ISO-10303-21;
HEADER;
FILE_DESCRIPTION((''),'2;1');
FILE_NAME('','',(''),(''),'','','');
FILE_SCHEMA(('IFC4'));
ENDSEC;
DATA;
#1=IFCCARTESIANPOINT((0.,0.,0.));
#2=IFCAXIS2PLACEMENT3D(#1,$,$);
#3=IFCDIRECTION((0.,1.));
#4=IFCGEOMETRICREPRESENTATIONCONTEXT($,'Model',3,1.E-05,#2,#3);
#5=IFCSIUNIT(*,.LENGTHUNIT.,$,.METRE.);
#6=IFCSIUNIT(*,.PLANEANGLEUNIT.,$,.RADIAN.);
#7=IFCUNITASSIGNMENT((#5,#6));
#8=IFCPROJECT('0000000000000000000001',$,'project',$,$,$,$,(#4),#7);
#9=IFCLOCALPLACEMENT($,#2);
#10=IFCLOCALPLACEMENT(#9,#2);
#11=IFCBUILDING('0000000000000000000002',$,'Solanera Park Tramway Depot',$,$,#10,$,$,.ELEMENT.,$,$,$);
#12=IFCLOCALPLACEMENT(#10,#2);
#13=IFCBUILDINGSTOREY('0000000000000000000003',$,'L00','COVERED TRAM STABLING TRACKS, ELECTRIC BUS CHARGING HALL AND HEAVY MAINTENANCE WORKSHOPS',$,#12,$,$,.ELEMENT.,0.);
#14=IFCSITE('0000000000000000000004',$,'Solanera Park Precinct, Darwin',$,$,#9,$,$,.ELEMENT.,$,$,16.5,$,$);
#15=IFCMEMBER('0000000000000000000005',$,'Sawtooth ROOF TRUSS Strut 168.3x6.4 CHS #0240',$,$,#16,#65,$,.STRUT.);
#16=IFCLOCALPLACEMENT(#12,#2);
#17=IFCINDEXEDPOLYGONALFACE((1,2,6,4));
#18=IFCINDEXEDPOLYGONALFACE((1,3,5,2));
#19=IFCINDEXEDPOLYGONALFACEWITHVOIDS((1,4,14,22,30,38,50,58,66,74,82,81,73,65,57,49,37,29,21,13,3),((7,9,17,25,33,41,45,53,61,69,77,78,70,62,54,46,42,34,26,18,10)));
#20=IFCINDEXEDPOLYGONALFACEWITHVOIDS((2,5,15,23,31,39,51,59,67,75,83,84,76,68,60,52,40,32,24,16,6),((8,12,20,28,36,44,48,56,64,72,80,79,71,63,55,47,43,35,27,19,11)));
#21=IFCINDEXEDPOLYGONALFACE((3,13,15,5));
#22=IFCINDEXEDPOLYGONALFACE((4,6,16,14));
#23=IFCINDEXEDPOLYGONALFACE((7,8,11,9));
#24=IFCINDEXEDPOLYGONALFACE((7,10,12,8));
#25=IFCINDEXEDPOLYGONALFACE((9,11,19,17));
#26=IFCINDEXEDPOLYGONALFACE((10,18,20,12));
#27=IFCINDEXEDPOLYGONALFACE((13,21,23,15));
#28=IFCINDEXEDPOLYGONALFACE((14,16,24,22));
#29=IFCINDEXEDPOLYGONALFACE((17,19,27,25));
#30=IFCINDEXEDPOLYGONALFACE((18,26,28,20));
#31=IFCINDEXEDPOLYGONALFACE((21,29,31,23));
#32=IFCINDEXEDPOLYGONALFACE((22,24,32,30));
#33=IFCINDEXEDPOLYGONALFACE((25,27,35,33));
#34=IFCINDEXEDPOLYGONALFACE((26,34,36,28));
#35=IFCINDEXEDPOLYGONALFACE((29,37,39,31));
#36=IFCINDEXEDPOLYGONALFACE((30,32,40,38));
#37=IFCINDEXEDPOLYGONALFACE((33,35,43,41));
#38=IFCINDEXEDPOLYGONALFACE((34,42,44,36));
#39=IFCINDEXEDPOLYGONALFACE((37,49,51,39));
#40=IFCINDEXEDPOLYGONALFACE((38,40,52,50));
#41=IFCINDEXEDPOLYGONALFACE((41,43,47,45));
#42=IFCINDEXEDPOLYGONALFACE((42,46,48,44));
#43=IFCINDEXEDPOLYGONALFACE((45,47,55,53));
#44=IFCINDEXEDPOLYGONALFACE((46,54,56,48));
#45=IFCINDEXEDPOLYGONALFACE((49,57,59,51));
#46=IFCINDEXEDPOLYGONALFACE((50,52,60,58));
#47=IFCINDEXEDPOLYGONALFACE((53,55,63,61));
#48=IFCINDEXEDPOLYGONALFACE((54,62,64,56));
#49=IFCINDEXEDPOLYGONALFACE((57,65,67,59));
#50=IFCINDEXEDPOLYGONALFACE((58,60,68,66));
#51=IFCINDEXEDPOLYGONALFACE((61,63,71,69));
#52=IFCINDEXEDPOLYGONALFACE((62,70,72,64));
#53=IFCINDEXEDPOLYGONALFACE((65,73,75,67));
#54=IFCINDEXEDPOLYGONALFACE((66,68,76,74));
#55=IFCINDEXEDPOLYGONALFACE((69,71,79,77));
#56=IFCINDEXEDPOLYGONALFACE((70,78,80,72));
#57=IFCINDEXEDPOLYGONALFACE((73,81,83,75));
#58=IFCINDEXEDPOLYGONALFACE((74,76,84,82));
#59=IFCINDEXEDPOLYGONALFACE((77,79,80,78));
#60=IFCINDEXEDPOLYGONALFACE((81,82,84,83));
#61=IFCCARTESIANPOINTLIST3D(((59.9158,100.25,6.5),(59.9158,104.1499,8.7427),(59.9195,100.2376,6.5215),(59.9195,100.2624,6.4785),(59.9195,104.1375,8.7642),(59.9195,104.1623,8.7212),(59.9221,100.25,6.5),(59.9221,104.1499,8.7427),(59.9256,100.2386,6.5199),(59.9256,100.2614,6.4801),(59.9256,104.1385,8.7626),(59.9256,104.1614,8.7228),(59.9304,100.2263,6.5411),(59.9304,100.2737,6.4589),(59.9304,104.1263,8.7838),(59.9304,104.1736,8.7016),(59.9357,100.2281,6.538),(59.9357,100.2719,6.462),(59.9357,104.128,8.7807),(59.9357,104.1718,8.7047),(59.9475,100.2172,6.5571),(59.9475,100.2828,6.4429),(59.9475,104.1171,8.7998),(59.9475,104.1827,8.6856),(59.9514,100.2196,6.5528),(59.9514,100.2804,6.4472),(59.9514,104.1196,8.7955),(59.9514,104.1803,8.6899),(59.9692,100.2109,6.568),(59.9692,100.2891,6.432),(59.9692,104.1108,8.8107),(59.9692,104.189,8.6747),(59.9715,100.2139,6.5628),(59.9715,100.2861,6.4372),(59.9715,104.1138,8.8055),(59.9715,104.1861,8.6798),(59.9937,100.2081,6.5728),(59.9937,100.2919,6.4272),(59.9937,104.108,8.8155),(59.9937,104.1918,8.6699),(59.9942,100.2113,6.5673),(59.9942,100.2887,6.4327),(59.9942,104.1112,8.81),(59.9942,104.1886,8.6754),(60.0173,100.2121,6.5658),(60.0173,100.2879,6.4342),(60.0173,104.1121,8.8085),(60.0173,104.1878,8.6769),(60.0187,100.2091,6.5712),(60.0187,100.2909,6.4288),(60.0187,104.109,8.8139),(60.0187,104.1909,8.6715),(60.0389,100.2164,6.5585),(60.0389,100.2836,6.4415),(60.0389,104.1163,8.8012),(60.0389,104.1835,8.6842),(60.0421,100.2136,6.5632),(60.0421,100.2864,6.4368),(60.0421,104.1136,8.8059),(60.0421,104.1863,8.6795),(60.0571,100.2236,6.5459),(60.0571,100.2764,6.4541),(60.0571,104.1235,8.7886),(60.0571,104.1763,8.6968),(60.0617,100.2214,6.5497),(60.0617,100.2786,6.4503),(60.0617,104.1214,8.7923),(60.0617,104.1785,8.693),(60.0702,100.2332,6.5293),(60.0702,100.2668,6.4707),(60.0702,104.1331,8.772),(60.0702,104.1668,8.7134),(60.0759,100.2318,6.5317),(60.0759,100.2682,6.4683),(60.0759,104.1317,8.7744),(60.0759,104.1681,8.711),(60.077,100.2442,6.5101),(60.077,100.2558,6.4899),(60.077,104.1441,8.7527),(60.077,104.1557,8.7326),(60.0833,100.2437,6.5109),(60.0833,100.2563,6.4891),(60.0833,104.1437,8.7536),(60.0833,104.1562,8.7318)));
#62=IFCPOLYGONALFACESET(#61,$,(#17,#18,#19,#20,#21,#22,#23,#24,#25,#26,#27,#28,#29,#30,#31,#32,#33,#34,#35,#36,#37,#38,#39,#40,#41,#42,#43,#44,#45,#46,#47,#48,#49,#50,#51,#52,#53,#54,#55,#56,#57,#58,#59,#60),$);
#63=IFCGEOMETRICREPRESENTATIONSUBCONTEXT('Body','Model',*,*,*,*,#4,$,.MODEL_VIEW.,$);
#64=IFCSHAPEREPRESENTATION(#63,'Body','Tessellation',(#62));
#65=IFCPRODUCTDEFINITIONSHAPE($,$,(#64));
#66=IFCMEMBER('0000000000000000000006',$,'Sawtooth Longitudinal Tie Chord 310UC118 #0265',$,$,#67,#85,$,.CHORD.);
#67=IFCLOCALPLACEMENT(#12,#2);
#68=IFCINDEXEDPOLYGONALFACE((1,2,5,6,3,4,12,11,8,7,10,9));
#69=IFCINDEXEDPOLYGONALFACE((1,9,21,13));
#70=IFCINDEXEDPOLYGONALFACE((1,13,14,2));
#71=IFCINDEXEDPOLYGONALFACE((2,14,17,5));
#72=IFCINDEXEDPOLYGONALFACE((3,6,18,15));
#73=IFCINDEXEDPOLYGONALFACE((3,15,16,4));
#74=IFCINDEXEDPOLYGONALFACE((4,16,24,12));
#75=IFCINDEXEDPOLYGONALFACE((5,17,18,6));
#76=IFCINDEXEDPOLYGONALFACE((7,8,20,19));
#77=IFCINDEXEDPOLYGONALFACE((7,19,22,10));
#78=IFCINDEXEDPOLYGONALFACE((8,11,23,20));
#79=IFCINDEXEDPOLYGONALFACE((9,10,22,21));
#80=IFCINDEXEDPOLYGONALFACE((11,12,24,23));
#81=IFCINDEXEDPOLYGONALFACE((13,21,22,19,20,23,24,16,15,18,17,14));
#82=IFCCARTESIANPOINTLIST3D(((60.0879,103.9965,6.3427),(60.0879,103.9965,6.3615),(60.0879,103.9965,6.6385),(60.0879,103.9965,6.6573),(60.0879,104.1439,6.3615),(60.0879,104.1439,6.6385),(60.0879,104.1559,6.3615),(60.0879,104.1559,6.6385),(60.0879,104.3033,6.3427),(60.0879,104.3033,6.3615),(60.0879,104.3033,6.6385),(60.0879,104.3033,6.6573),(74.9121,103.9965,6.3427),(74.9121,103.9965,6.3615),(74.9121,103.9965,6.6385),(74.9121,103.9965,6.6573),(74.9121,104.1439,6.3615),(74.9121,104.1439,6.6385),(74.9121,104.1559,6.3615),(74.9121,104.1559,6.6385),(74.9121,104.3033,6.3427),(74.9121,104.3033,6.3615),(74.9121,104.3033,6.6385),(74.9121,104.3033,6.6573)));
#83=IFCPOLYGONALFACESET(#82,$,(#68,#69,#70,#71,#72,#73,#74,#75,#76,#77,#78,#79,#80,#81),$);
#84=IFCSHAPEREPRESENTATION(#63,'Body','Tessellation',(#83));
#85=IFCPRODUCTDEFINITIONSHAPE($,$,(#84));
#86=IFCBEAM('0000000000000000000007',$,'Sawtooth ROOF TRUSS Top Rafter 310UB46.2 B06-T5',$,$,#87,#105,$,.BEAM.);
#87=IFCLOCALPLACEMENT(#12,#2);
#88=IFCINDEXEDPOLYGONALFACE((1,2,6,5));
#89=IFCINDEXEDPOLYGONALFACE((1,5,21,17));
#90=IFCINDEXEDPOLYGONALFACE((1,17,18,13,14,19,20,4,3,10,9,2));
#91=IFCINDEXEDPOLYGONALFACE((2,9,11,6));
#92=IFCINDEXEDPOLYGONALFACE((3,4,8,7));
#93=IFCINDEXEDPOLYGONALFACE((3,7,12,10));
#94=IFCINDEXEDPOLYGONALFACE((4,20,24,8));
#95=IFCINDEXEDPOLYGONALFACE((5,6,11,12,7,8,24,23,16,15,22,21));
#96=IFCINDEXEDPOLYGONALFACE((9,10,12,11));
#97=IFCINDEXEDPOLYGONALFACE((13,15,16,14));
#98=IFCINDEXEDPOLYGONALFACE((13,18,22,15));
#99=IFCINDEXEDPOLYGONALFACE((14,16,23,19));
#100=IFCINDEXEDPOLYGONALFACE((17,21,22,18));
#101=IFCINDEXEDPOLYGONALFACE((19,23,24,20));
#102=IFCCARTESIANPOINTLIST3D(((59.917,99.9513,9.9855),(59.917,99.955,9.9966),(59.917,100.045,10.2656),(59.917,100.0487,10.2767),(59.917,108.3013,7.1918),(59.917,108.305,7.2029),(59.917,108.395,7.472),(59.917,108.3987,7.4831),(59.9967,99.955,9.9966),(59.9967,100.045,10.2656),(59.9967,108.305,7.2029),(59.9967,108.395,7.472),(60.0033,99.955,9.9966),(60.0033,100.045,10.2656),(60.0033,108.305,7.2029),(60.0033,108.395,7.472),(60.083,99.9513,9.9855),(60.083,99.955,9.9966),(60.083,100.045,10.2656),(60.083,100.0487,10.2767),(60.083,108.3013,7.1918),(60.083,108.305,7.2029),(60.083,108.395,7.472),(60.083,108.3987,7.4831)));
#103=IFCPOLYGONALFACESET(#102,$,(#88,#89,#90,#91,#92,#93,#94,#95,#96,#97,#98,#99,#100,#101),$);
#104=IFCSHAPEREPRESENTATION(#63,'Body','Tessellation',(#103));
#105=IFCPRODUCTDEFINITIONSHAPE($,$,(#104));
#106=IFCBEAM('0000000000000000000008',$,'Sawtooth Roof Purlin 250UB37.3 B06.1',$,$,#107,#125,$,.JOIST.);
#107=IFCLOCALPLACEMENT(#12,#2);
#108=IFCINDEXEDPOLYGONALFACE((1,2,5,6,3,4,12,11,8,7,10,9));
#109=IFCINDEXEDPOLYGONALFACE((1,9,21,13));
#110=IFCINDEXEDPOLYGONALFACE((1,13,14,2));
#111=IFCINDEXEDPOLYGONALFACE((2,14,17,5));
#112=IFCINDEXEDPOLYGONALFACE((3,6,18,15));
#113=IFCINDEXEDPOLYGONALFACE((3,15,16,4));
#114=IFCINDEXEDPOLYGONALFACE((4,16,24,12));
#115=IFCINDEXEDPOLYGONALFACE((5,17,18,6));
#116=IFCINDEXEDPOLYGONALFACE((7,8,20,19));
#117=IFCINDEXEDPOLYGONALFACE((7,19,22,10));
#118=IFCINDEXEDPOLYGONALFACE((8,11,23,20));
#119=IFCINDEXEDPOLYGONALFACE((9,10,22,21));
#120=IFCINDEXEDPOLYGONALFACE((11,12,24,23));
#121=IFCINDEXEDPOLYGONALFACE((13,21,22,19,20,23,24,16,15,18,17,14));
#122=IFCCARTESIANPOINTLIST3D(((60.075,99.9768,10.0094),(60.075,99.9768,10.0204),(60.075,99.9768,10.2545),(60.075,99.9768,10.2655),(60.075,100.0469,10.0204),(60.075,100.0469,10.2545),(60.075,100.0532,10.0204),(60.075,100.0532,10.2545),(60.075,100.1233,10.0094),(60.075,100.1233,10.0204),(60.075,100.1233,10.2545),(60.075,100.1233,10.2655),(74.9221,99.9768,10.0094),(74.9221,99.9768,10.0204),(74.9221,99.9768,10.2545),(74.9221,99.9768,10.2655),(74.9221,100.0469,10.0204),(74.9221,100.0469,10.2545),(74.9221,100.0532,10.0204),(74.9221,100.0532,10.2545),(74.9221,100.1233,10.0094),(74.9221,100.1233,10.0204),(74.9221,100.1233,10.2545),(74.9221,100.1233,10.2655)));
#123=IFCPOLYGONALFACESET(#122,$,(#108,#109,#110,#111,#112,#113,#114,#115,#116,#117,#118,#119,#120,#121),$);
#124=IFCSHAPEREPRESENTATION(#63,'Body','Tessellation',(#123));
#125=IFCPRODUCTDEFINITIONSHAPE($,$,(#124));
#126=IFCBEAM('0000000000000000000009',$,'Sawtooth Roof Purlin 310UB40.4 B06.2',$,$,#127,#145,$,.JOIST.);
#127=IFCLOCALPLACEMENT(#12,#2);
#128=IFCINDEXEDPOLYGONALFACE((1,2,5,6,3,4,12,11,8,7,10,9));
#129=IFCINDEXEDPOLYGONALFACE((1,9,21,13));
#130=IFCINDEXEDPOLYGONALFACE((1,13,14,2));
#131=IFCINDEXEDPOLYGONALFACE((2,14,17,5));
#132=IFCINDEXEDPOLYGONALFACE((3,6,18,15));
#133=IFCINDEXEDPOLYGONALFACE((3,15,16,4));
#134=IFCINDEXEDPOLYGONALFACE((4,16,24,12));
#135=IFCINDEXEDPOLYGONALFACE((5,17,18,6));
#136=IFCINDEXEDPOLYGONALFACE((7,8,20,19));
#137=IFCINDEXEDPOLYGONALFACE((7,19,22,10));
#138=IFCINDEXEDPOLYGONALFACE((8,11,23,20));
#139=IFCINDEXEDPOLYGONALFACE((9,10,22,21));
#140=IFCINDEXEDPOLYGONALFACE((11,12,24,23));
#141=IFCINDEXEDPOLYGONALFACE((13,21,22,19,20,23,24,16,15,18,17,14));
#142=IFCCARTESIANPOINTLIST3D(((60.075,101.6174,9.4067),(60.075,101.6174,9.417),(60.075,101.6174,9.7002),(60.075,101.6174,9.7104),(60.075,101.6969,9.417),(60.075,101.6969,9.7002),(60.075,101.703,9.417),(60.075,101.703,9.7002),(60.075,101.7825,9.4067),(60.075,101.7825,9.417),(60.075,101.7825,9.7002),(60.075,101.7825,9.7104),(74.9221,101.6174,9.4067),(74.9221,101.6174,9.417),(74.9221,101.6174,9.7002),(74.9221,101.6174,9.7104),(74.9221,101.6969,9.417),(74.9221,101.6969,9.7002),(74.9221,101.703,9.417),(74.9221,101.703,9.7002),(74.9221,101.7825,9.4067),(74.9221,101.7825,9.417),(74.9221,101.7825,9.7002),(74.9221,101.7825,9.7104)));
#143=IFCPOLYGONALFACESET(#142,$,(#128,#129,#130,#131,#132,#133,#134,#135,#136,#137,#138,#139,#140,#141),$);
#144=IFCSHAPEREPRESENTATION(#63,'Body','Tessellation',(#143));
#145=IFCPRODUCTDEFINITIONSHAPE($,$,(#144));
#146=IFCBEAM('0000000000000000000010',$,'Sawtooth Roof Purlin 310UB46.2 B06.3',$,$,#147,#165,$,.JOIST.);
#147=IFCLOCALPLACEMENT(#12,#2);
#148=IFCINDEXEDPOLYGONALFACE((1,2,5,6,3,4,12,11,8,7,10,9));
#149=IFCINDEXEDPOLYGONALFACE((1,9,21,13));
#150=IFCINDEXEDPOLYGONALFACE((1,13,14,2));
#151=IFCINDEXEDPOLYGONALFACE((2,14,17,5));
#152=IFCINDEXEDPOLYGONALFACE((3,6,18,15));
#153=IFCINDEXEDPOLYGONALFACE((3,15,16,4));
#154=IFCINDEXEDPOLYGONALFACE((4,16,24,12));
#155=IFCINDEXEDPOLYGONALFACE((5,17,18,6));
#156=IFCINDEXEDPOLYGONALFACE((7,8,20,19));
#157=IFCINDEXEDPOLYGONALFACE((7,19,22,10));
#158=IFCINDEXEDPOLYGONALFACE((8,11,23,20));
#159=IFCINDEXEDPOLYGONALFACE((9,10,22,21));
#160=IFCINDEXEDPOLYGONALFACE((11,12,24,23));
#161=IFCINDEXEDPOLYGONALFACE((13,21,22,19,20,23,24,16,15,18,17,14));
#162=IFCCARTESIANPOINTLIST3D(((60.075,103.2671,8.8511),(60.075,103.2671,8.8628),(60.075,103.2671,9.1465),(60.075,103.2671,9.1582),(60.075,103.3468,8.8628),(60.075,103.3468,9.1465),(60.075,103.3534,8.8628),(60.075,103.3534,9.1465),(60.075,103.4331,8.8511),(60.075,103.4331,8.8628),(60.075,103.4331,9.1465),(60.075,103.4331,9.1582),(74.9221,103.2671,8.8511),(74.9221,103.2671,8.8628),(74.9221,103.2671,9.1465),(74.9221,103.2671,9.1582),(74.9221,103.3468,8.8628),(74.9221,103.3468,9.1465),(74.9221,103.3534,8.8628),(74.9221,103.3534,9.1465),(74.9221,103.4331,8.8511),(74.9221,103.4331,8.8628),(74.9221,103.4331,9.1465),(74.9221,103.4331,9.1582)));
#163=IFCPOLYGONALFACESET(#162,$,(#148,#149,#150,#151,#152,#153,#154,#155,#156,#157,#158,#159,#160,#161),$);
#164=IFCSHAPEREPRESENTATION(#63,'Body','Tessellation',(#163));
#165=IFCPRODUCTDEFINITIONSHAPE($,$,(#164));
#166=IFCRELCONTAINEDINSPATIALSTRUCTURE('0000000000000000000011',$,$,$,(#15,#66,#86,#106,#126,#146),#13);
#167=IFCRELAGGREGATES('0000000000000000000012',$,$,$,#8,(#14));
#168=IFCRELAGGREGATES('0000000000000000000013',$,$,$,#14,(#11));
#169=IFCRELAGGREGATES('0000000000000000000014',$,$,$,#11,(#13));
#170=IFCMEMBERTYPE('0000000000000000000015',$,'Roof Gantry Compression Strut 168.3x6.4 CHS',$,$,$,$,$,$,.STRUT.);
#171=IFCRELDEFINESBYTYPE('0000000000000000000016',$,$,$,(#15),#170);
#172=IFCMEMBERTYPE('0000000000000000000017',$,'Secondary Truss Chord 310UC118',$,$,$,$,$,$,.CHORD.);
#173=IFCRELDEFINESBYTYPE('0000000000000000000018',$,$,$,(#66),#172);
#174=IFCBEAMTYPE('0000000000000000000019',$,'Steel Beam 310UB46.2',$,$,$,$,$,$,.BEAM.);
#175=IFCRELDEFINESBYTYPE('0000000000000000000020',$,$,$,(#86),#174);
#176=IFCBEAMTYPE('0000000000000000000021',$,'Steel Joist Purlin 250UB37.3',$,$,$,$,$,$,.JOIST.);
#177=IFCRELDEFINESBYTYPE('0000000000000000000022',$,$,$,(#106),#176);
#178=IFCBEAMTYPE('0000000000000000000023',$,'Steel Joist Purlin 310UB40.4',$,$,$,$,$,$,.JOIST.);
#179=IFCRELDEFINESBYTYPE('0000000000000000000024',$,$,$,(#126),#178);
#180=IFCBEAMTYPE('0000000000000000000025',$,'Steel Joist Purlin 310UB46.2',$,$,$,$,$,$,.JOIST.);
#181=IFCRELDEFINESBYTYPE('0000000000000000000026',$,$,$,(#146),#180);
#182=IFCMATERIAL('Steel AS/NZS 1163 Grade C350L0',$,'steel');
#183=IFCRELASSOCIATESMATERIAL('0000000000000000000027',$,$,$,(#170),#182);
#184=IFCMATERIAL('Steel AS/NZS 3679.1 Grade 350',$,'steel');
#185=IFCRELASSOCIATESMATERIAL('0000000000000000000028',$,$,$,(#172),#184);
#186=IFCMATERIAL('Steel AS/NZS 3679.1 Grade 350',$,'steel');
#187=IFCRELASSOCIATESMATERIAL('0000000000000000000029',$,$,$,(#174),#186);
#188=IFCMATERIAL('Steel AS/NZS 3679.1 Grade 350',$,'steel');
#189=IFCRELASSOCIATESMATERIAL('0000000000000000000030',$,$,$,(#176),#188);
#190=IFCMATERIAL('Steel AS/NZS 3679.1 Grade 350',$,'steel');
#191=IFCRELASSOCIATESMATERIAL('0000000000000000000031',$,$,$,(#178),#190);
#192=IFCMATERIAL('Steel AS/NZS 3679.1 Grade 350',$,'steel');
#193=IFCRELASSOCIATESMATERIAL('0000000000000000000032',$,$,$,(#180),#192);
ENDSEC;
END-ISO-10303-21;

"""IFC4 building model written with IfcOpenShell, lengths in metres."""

from ifc_helpers import new_model, si_unit, direction, frame, origin, origin_2d, place, context, subcontext, project, spatial, hollow_circle, i_section, extrude, material, material_profile, profile_set, type_object, element, save


model = new_model("IFC4")

# Units and contexts
model_context = context("Model", 3, precision=1e-05, world=origin(), true_north=direction((0.0, 1.0)))
body_context = subcontext(model_context, "Body", "Model", "MODEL_VIEW")
ifc_project = project(units=[si_unit("LENGTHUNIT", "METRE"), si_unit("PLANEANGLEUNIT", "RADIAN")], contexts=[model_context])

# Site, building, storey
site_placement = place(None, origin())
site = spatial("IfcSite", under=ifc_project, at=site_placement, Name="Solanera Park Precinct, Darwin", CompositionType="ELEMENT", RefElevation=16.5)
building_placement = place(site_placement, origin())
building = spatial("IfcBuilding", under=site, at=building_placement, Name="Solanera Park Tramway Depot", CompositionType="ELEMENT")
storey_placement = place(building_placement, origin())
storey = spatial("IfcBuildingStorey", under=building, at=storey_placement, Name="L00", Description="COVERED TRAM STABLING TRACKS, ELECTRIC BUS CHARGING HALL AND HEAVY MAINTENANCE WORKSHOPS", CompositionType="ELEMENT", Elevation=0.0)

# Members
ifc_material_1 = material(Name="Steel AS/NZS 1163 Grade C350L0", Category="steel")
ifc_material_profile_1 = material_profile(ifc_material_1, hollow_circle(Radius=0.0842, WallThickness=0.0063, at=origin_2d()), Name="168.3x6.4 CHS")
ifc_profile_set_1 = profile_set([ifc_material_profile_1], Name="Steel AS/NZS 1163 Grade C350L0")
member_type_1 = type_object("IfcMemberType", Name="Roof Gantry Compression Strut 168.3x6.4 CHS", PredefinedType="STRUT", material=ifc_profile_set_1)
member_1_placement = place(storey_placement, frame((60.0, 100.25, 6.5), z_axis=(0.0, 0.866884, 0.49851), x_axis=(-1.0, 0.0, 0.0)))
element("IfcMember", 1, at=member_1_placement, inside=storey, type_object=member_type_1, Name="Sawtooth ROOF TRUSS Strut 168.3x6.4 CHS #0240", PredefinedType="STRUT", context=body_context, shape_type="SweptSolid", body=[
    extrude(hollow_circle(Radius=0.0842, WallThickness=0.0063, at=origin_2d()), origin(), (0.0, 0.0, 1.0), 4.4988),
])
ifc_material_2 = material(Name="Steel AS/NZS 3679.1 Grade 350", Category="steel")
ifc_material_profile_2 = material_profile(ifc_material_2, i_section(OverallWidth=0.3069, OverallDepth=0.3147, WebThickness=0.012, FlangeThickness=0.0188, at=origin_2d()), Name="310UC118")
ifc_profile_set_2 = profile_set([ifc_material_profile_2], Name="Steel AS/NZS 3679.1 Grade 350")
member_type_2 = type_object("IfcMemberType", Name="Secondary Truss Chord 310UC118", PredefinedType="CHORD", material=ifc_profile_set_2)
member_2_placement = place(storey_placement, frame((60.0879, 104.1499, 6.5), z_axis=(1.0, 0.0, 0.0), x_axis=(0.0, 1.0, 0.0)))
element("IfcMember", 2, at=member_2_placement, inside=storey, type_object=member_type_2, Name="Sawtooth Longitudinal Tie Chord 310UC118 #0265", PredefinedType="CHORD", context=body_context, shape_type="SweptSolid", body=[
    extrude(i_section(OverallWidth=0.3069, OverallDepth=0.3147, WebThickness=0.012, FlangeThickness=0.0188, at=origin_2d()), origin(), (0.0, 0.0, 1.0), 14.8242),
])

# Beams
ifc_material_3 = material(Name="Steel AS/NZS 3679.1 Grade 350", Category="steel")
ifc_material_profile_3 = material_profile(ifc_material_3, i_section(OverallWidth=0.166, OverallDepth=0.3071, WebThickness=0.0066, FlangeThickness=0.0117, at=origin_2d()), Name="310UB46.2")
ifc_profile_set_3 = profile_set([ifc_material_profile_3], Name="Steel AS/NZS 3679.1 Grade 350")
beam_type_1 = type_object("IfcBeamType", Name="Steel Beam 310UB46.2", PredefinedType="BEAM", material=ifc_profile_set_3)
beam_1_placement = place(storey_placement, frame((60.0, 100.0, 10.1311), z_axis=(0.0, 0.948331, -0.317284), x_axis=(-1.0, 0.0, 0.0)))
element("IfcBeam", 3, at=beam_1_placement, inside=storey, type_object=beam_type_1, Name="Sawtooth ROOF TRUSS Top Rafter 310UB46.2 B06-T5", PredefinedType="BEAM", context=body_context, shape_type="SweptSolid", body=[
    extrude(i_section(OverallWidth=0.166, OverallDepth=0.3071, WebThickness=0.0066, FlangeThickness=0.0117, at=origin_2d()), origin(), (0.0, 0.0, 1.0), 8.8049),
])
ifc_material_4 = material(Name="Steel AS/NZS 3679.1 Grade 350", Category="steel")
ifc_material_profile_4 = material_profile(ifc_material_4, i_section(OverallWidth=0.1465, OverallDepth=0.2561, WebThickness=0.0063, FlangeThickness=0.011, at=origin_2d()), Name="250UB37.3")
ifc_profile_set_4 = profile_set([ifc_material_profile_4], Name="Steel AS/NZS 3679.1 Grade 350")
beam_type_2 = type_object("IfcBeamType", Name="Steel Joist Purlin 250UB37.3", PredefinedType="JOIST", material=ifc_profile_set_4)
beam_2_placement = place(storey_placement, frame((60.075, 100.05, 10.1375), z_axis=(1.0, 0.0, 0.0), x_axis=(0.0, 1.0, 0.0)))
element("IfcBeam", 4, at=beam_2_placement, inside=storey, type_object=beam_type_2, Name="Sawtooth Roof Purlin 250UB37.3 B06.1", PredefinedType="JOIST", context=body_context, shape_type="SweptSolid", body=[
    extrude(i_section(OverallWidth=0.1465, OverallDepth=0.2561, WebThickness=0.0063, FlangeThickness=0.011, at=origin_2d()), origin(), (0.0, 0.0, 1.0), 14.8472),
])
ifc_material_5 = material(Name="Steel AS/NZS 3679.1 Grade 350", Category="steel")
ifc_material_profile_5 = material_profile(ifc_material_5, i_section(OverallWidth=0.165, OverallDepth=0.3037, WebThickness=0.0061, FlangeThickness=0.0103, at=origin_2d()), Name="310UB40.4")
ifc_profile_set_5 = profile_set([ifc_material_profile_5], Name="Steel AS/NZS 3679.1 Grade 350")
beam_type_3 = type_object("IfcBeamType", Name="Steel Joist Purlin 310UB40.4", PredefinedType="JOIST", material=ifc_profile_set_5)
beam_3_placement = place(storey_placement, frame((60.075, 101.7, 9.5586), z_axis=(1.0, 0.0, 0.0), x_axis=(0.0, 1.0, 0.0)))
element("IfcBeam", 5, at=beam_3_placement, inside=storey, type_object=beam_type_3, Name="Sawtooth Roof Purlin 310UB40.4 B06.2", PredefinedType="JOIST", context=body_context, shape_type="SweptSolid", body=[
    extrude(i_section(OverallWidth=0.165, OverallDepth=0.3037, WebThickness=0.0061, FlangeThickness=0.0103, at=origin_2d()), origin(), (0.0, 0.0, 1.0), 14.8472),
])
ifc_material_6 = material(Name="Steel AS/NZS 3679.1 Grade 350", Category="steel")
ifc_material_profile_6 = material_profile(ifc_material_6, i_section(OverallWidth=0.166, OverallDepth=0.3071, WebThickness=0.0066, FlangeThickness=0.0117, at=origin_2d()), Name="310UB46.2")
ifc_profile_set_6 = profile_set([ifc_material_profile_6], Name="Steel AS/NZS 3679.1 Grade 350")
beam_type_4 = type_object("IfcBeamType", Name="Steel Joist Purlin 310UB46.2", PredefinedType="JOIST", material=ifc_profile_set_6)
beam_4_placement = place(storey_placement, frame((60.075, 103.3501, 9.0046), z_axis=(1.0, 0.0, 0.0), x_axis=(0.0, 1.0, 0.0)))
element("IfcBeam", 6, at=beam_4_placement, inside=storey, type_object=beam_type_4, Name="Sawtooth Roof Purlin 310UB46.2 B06.3", PredefinedType="JOIST", context=body_context, shape_type="SweptSolid", body=[
    extrude(i_section(OverallWidth=0.166, OverallDepth=0.3071, WebThickness=0.0066, FlangeThickness=0.0117, at=origin_2d()), origin(), (0.0, 0.0, 1.0), 14.8472),
])

save(model, "model.ifc")
